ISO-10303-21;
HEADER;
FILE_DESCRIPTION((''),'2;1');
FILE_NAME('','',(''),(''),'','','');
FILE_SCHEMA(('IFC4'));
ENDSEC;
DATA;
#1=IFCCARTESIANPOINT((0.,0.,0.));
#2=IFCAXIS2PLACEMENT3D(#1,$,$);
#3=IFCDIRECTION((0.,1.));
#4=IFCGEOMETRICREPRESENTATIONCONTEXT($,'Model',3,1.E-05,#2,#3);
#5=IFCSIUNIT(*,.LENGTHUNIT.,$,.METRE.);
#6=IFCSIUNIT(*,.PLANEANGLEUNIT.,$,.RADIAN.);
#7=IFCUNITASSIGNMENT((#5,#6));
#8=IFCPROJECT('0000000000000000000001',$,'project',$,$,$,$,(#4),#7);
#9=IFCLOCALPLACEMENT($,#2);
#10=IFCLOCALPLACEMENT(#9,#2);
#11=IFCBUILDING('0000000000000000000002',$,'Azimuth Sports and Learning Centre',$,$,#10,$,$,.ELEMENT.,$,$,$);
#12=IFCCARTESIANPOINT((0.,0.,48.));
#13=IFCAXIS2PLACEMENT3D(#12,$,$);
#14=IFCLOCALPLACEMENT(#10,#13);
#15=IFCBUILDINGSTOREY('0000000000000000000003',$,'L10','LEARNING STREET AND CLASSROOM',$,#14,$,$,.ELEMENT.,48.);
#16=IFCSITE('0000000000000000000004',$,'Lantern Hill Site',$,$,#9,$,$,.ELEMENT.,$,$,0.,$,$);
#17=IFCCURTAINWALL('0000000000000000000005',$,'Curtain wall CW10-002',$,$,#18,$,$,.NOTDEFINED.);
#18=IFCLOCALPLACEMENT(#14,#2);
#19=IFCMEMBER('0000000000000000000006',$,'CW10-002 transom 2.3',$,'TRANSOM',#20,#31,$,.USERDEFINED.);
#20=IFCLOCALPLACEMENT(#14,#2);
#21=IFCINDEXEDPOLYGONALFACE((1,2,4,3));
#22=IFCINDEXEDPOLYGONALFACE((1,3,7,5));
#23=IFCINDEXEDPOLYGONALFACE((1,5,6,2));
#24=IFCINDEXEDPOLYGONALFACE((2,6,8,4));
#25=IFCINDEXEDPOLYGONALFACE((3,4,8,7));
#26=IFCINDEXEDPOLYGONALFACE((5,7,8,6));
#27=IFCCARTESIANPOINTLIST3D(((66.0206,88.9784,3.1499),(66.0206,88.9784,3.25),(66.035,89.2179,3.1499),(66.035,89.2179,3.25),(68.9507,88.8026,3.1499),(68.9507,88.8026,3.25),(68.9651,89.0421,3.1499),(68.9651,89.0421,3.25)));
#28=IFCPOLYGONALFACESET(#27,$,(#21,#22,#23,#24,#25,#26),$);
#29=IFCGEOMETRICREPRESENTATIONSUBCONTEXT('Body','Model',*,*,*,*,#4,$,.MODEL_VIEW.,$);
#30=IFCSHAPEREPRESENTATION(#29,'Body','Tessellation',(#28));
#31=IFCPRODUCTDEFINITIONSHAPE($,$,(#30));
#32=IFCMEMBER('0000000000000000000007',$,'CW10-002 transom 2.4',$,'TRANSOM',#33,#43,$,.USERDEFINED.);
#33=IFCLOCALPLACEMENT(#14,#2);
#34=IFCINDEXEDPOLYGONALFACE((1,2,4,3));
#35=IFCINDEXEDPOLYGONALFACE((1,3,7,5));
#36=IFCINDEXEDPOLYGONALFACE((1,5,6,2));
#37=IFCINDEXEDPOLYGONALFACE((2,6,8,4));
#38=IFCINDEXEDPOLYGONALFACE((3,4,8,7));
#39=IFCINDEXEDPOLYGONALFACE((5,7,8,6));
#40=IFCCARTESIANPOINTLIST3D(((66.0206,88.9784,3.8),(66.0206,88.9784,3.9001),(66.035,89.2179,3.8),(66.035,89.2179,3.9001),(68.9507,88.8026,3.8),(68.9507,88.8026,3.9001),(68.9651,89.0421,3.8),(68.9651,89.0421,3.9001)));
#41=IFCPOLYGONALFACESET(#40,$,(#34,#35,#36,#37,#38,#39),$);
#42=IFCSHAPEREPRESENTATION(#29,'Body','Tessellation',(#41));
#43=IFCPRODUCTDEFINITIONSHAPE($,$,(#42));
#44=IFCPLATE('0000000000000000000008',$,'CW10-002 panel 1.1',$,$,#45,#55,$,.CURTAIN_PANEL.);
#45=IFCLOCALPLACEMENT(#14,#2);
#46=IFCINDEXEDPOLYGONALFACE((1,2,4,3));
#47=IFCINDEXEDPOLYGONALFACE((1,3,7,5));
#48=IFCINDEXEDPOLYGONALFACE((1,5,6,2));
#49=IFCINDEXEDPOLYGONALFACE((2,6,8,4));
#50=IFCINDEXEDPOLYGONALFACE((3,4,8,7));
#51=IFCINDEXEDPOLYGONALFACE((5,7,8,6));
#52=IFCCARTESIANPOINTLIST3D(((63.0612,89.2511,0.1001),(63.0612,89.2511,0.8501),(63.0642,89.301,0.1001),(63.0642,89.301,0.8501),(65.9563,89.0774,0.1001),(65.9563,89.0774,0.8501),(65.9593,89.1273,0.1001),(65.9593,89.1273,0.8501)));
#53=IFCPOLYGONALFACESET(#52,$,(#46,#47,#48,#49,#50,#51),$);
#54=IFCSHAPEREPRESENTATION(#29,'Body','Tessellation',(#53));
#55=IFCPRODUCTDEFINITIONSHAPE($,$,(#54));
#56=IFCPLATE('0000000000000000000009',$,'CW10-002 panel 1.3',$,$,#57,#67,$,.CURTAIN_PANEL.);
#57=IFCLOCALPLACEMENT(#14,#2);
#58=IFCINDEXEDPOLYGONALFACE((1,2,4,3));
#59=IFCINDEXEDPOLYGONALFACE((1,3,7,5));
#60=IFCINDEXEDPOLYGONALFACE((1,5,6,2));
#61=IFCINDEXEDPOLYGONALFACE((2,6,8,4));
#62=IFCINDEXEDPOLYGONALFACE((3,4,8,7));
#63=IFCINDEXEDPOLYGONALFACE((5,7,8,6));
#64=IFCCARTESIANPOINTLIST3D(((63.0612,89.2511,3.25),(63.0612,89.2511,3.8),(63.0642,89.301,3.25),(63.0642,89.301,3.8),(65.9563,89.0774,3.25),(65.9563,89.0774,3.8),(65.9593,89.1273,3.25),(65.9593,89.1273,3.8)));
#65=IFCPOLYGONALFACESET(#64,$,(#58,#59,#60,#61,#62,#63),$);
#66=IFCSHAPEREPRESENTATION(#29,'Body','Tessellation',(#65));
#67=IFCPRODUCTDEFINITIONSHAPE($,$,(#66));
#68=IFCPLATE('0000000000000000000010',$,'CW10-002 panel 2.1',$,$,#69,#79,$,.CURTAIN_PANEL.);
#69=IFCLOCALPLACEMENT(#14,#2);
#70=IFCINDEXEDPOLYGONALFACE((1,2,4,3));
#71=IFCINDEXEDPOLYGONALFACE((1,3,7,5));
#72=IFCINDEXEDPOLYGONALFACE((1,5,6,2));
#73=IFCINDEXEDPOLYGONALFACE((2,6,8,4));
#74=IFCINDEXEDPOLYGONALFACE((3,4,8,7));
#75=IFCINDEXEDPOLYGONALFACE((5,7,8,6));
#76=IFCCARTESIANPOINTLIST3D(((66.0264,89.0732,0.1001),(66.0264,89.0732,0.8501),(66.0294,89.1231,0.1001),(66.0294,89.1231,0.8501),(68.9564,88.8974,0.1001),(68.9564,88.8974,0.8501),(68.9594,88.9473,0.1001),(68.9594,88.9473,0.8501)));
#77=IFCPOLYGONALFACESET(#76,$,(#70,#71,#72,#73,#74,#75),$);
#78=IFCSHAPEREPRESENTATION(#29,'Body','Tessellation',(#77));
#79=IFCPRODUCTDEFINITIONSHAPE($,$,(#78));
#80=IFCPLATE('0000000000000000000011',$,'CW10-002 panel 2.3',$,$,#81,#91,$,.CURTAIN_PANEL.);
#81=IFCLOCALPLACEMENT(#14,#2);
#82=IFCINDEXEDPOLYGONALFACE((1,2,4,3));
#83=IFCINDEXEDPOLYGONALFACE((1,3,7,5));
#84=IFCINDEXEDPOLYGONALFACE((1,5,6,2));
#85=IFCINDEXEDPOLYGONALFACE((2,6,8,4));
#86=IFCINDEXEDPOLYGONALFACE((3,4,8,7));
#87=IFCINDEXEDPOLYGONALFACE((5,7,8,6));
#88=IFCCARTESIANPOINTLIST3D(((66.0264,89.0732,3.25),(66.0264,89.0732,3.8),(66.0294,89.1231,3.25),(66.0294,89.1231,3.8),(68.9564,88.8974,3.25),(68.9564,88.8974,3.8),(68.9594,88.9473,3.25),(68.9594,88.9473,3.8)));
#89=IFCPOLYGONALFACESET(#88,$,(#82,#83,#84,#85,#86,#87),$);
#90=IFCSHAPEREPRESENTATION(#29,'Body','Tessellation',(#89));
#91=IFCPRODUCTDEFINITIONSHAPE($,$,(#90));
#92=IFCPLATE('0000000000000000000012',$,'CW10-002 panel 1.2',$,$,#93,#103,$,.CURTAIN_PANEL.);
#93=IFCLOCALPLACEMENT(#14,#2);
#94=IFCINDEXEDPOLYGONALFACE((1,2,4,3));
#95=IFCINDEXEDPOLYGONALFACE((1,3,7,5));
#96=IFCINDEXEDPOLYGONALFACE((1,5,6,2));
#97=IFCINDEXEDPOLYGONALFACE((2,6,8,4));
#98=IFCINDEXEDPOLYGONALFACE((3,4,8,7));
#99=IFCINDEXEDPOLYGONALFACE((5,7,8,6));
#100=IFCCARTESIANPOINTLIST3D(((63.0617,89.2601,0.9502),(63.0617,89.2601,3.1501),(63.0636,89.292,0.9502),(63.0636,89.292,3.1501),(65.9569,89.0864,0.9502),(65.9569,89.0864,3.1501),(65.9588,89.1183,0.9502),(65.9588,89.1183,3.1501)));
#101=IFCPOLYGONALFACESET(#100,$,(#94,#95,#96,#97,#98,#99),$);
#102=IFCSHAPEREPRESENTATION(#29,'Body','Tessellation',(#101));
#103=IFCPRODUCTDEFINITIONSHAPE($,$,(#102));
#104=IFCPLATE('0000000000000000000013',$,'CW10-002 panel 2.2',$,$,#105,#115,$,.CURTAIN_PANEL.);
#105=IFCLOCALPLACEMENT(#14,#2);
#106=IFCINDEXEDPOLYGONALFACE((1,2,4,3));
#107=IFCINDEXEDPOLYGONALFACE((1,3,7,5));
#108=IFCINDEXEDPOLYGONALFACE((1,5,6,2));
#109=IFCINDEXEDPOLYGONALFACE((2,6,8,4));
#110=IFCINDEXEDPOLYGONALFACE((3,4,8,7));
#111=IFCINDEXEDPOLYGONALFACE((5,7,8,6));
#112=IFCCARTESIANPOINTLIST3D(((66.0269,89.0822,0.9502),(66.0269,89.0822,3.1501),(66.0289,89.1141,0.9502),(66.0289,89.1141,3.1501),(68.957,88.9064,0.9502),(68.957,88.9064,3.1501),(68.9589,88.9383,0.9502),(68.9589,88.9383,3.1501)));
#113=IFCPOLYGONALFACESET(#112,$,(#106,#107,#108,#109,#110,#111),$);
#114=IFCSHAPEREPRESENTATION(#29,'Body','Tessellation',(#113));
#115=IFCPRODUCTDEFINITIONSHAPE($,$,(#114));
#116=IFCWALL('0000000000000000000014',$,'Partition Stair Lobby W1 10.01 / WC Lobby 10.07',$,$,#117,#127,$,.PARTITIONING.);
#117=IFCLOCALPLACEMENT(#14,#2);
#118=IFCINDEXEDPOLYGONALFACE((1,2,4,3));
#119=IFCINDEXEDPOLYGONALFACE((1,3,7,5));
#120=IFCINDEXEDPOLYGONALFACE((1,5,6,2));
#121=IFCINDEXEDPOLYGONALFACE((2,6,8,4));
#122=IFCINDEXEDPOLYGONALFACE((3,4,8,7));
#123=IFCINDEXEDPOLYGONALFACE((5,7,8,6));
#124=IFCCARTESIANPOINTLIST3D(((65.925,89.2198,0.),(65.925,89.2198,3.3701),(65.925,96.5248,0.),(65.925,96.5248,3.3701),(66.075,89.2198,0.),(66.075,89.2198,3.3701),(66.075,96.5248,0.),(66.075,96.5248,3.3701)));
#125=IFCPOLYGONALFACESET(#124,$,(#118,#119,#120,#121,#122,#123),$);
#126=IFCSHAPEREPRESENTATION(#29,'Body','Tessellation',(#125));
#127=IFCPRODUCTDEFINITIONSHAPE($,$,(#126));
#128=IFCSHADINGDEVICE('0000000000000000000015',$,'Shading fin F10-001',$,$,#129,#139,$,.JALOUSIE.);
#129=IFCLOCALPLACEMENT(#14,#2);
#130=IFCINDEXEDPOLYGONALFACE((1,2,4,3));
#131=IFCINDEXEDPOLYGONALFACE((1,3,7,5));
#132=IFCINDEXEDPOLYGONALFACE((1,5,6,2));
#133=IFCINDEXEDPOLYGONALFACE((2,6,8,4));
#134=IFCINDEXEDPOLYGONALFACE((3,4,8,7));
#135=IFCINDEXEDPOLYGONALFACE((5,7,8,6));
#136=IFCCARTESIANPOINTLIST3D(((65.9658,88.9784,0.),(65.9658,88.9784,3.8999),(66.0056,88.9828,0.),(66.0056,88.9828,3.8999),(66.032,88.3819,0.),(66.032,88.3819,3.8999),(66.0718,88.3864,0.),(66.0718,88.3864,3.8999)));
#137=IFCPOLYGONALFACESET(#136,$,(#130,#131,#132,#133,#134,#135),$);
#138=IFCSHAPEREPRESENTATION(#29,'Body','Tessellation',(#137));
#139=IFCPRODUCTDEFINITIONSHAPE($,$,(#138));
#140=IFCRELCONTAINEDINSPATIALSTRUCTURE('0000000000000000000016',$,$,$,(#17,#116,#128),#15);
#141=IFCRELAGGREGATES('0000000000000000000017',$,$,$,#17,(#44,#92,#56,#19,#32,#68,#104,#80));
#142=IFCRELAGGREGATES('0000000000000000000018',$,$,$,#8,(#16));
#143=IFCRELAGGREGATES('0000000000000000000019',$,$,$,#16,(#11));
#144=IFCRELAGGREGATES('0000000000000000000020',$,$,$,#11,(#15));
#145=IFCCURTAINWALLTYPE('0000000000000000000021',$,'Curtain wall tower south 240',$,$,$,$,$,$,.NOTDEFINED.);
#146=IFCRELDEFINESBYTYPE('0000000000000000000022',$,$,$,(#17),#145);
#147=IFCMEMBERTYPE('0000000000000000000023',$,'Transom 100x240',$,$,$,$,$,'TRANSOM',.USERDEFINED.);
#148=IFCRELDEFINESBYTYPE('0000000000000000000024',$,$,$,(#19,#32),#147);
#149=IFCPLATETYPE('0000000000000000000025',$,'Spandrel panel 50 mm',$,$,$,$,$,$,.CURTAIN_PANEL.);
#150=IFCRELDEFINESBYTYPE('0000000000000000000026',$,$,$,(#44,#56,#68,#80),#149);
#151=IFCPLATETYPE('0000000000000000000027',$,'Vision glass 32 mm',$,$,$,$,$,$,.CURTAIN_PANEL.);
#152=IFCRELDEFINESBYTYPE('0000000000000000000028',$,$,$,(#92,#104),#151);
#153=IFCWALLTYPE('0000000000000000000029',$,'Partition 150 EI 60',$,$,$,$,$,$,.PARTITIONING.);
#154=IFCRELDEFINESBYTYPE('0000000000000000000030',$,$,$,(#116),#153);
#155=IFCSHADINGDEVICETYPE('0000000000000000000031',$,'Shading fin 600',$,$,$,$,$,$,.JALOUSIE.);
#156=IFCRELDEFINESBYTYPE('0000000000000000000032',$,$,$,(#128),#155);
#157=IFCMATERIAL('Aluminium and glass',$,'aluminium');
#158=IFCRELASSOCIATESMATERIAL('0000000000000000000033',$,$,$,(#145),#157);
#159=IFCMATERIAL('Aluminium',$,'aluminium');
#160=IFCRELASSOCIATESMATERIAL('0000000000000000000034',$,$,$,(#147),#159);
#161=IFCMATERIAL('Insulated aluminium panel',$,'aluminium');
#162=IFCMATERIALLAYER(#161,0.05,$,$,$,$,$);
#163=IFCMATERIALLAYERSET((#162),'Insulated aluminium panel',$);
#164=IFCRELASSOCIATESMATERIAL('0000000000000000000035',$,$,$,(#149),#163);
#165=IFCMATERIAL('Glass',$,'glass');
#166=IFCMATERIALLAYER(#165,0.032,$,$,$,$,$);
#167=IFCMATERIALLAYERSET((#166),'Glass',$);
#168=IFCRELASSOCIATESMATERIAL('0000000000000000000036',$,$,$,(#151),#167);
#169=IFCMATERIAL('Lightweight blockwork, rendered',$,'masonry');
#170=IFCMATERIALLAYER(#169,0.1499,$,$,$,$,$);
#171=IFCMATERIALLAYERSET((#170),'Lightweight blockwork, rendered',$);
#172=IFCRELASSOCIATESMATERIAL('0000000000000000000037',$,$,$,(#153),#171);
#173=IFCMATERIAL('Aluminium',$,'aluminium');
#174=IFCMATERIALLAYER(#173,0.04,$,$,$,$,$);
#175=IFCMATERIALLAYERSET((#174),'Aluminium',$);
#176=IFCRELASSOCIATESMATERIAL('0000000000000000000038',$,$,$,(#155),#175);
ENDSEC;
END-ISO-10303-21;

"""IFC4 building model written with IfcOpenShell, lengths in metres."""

from ifc_helpers import new_model, si_unit, direction, frame, frame_2d, origin, origin_2d, place, context, subcontext, project, spatial, rectangle, extrude, material, layer, layer_set, material_profile, profile_set, type_object, element, aggregate, save


model = new_model("IFC4")

# Units and contexts
model_context = context("Model", 3, precision=1e-05, world=origin(), true_north=direction((0.0, 1.0)))
body_context = subcontext(model_context, "Body", "Model", "MODEL_VIEW")
ifc_project = project(units=[si_unit("LENGTHUNIT", "METRE"), si_unit("PLANEANGLEUNIT", "RADIAN")], contexts=[model_context])

# Site, building, storey
site_placement = place(None, origin())
site = spatial("IfcSite", under=ifc_project, at=site_placement, Name="Lantern Hill Site", CompositionType="ELEMENT", RefElevation=0.0)
building_placement = place(site_placement, origin())
building = spatial("IfcBuilding", under=site, at=building_placement, Name="Azimuth Sports and Learning Centre", CompositionType="ELEMENT")
storey_placement = place(building_placement, frame((0.0, 0.0, 48.0)))
storey = spatial("IfcBuildingStorey", under=building, at=storey_placement, Name="L10", Description="LEARNING STREET AND CLASSROOM", CompositionType="ELEMENT", Elevation=48.0)

# Curtain wall, members, plates
ifc_material_1 = material(Name="Aluminium and glass", Category="aluminium")
curtain_wall_type_1 = type_object("IfcCurtainWallType", Name="Curtain wall tower south 240", PredefinedType="NOTDEFINED", material=ifc_material_1)
curtain_wall_1_placement = place(storey_placement, origin())
curtain_wall_1 = element("IfcCurtainWall", 1, at=curtain_wall_1_placement, inside=storey, type_object=curtain_wall_type_1, Name="Curtain wall CW10-002", PredefinedType="NOTDEFINED")
ifc_material_2 = material(Name="Aluminium", Category="aluminium")
ifc_material_profile_1 = material_profile(ifc_material_2, rectangle(XDim=0.24, YDim=0.1001, at=origin_2d()), Name="Transom 100x240")
ifc_profile_set_1 = profile_set([ifc_material_profile_1], Name="Aluminium")
member_type_1 = type_object("IfcMemberType", Name="Transom 100x240", ElementType="TRANSOM", PredefinedType="USERDEFINED", material=ifc_profile_set_1)
member_1_placement = place(storey_placement, frame((66.0278, 89.0981, 3.2), z_axis=(0.998205, -0.059887, 0.0), x_axis=(0.059887, 0.998205, 0.0)))
member_1 = element("IfcMember", 2, at=member_1_placement, type_object=member_type_1, Name="CW10-002 transom 2.3", ObjectType="TRANSOM", PredefinedType="USERDEFINED", context=body_context, shape_type="SweptSolid", body=[
    extrude(rectangle(XDim=0.24, YDim=0.1001, at=origin_2d()), origin(), (0.0, 0.0, 1.0), 2.9353),
])
member_2_placement = place(storey_placement, frame((66.0278, 89.0981, 3.8501), z_axis=(0.998205, -0.059887, 0.0), x_axis=(0.059887, 0.998205, 0.0)))
member_2 = element("IfcMember", 3, at=member_2_placement, type_object=member_type_1, Name="CW10-002 transom 2.4", ObjectType="TRANSOM", PredefinedType="USERDEFINED", context=body_context, shape_type="SweptSolid", body=[
    extrude(rectangle(XDim=0.24, YDim=0.1001, at=origin_2d()), origin(), (0.0, 0.0, 1.0), 2.9353),
])
ifc_material_3 = material(Name="Insulated aluminium panel", Category="aluminium")
ifc_layer_1 = layer(ifc_material_3, 0.05)
ifc_layer_set_1 = layer_set([ifc_layer_1], Name="Insulated aluminium panel")
plate_type_1 = type_object("IfcPlateType", Name="Spandrel panel 50 mm", PredefinedType="CURTAIN_PANEL", material=ifc_layer_set_1)
plate_1_placement = place(storey_placement, frame((64.5103, 89.1892, 0.1001), z_axis=(0.0, 0.0, 1.0), x_axis=(0.998205, -0.059892, 0.0)))
plate_1 = element("IfcPlate", 4, at=plate_1_placement, type_object=plate_type_1, Name="CW10-002 panel 1.1", PredefinedType="CURTAIN_PANEL", context=body_context, shape_type="SweptSolid", body=[
    extrude(rectangle(XDim=2.9004, YDim=0.05, at=origin_2d()), origin(), (0.0, 0.0, 1.0), 0.75),
])
plate_2_placement = place(storey_placement, frame((64.5103, 89.1892, 3.25), z_axis=(0.0, 0.0, 1.0), x_axis=(0.998205, -0.059892, 0.0)))
plate_2 = element("IfcPlate", 5, at=plate_2_placement, type_object=plate_type_1, Name="CW10-002 panel 1.3", PredefinedType="CURTAIN_PANEL", context=body_context, shape_type="SweptSolid", body=[
    extrude(rectangle(XDim=2.9004, YDim=0.05, at=origin_2d()), origin(), (0.0, 0.0, 1.0), 0.55),
])
plate_3_placement = place(storey_placement, frame((67.4929, 89.0103, 0.1001), z_axis=(0.0, 0.0, 1.0), x_axis=(0.998205, -0.059892, 0.0)))
plate_3 = element("IfcPlate", 6, at=plate_3_placement, type_object=plate_type_1, Name="CW10-002 panel 2.1", PredefinedType="CURTAIN_PANEL", context=body_context, shape_type="SweptSolid", body=[
    extrude(rectangle(XDim=2.9353, YDim=0.05, at=origin_2d()), origin(), (0.0, 0.0, 1.0), 0.75),
])
plate_4_placement = place(storey_placement, frame((67.4929, 89.0103, 3.25), z_axis=(0.0, 0.0, 1.0), x_axis=(0.998205, -0.059892, 0.0)))
plate_4 = element("IfcPlate", 7, at=plate_4_placement, type_object=plate_type_1, Name="CW10-002 panel 2.3", PredefinedType="CURTAIN_PANEL", context=body_context, shape_type="SweptSolid", body=[
    extrude(rectangle(XDim=2.9353, YDim=0.05, at=origin_2d()), origin(), (0.0, 0.0, 1.0), 0.55),
])
ifc_material_4 = material(Name="Glass", Category="glass")
ifc_layer_2 = layer(ifc_material_4, 0.032)
ifc_layer_set_2 = layer_set([ifc_layer_2], Name="Glass")
plate_type_2 = type_object("IfcPlateType", Name="Vision glass 32 mm", PredefinedType="CURTAIN_PANEL", material=ifc_layer_set_2)
plate_5_placement = place(storey_placement, frame((64.5103, 89.1892, 0.9502), z_axis=(0.0, 0.0, 1.0), x_axis=(0.998205, -0.059892, 0.0)))
plate_5 = element("IfcPlate", 8, at=plate_5_placement, type_object=plate_type_2, Name="CW10-002 panel 1.2", PredefinedType="CURTAIN_PANEL", context=body_context, shape_type="SweptSolid", body=[
    extrude(rectangle(XDim=2.9004, YDim=0.032, at=origin_2d()), origin(), (0.0, 0.0, 1.0), 2.2),
])
plate_6_placement = place(storey_placement, frame((67.4929, 89.0103, 0.9502), z_axis=(0.0, 0.0, 1.0), x_axis=(0.998205, -0.059892, 0.0)))
plate_6 = element("IfcPlate", 9, at=plate_6_placement, type_object=plate_type_2, Name="CW10-002 panel 2.2", PredefinedType="CURTAIN_PANEL", context=body_context, shape_type="SweptSolid", body=[
    extrude(rectangle(XDim=2.9353, YDim=0.032, at=origin_2d()), origin(), (0.0, 0.0, 1.0), 2.2),
])
aggregate(curtain_wall_1, [plate_1, plate_5, plate_2, member_1, member_2, plate_3, plate_6, plate_4])

# Wall
ifc_material_5 = material(Name="Lightweight blockwork, rendered", Category="masonry")
ifc_layer_3 = layer(ifc_material_5, 0.1499)
ifc_layer_set_3 = layer_set([ifc_layer_3], Name="Lightweight blockwork, rendered")
wall_type = type_object("IfcWallType", Name="Partition 150 EI 60", PredefinedType="PARTITIONING", material=ifc_layer_set_3)
wall_placement = place(storey_placement, frame((66.0, 89.22, 0.0), z_axis=(0.0, 0.0, 1.0), x_axis=(0.0, 1.0, 0.0)))
element("IfcWall", 10, at=wall_placement, inside=storey, type_object=wall_type, Name="Partition Stair Lobby W1 10.01 / WC Lobby 10.07", PredefinedType="PARTITIONING", context=body_context, shape_type="SweptSolid", body=[
    extrude(rectangle(XDim=7.3049, YDim=0.1499, at=frame_2d((3.6523, 0.0))), origin(), (0.0, 0.0, 1.0), 3.3701),
])

# Shading device
ifc_material_6 = material(Name="Aluminium", Category="aluminium")
ifc_layer_4 = layer(ifc_material_6, 0.04)
ifc_layer_set_4 = layer_set([ifc_layer_4], Name="Aluminium")
shading_device_type = type_object("IfcShadingDeviceType", Name="Shading fin 600", PredefinedType="JALOUSIE", material=ifc_layer_set_4)
shading_device_placement = place(storey_placement, frame((66.0188, 88.6824, 0.0), z_axis=(0.0, 0.0, 1.0), x_axis=(0.110221, -0.993907, 0.0)))
element("IfcShadingDevice", 11, at=shading_device_placement, inside=storey, type_object=shading_device_type, Name="Shading fin F10-001", PredefinedType="JALOUSIE", context=body_context, shape_type="SweptSolid", body=[
    extrude(rectangle(XDim=0.6001, YDim=0.04, at=origin_2d()), origin(), (0.0, 0.0, 1.0), 3.8999),
])

save(model, "model.ifc")
